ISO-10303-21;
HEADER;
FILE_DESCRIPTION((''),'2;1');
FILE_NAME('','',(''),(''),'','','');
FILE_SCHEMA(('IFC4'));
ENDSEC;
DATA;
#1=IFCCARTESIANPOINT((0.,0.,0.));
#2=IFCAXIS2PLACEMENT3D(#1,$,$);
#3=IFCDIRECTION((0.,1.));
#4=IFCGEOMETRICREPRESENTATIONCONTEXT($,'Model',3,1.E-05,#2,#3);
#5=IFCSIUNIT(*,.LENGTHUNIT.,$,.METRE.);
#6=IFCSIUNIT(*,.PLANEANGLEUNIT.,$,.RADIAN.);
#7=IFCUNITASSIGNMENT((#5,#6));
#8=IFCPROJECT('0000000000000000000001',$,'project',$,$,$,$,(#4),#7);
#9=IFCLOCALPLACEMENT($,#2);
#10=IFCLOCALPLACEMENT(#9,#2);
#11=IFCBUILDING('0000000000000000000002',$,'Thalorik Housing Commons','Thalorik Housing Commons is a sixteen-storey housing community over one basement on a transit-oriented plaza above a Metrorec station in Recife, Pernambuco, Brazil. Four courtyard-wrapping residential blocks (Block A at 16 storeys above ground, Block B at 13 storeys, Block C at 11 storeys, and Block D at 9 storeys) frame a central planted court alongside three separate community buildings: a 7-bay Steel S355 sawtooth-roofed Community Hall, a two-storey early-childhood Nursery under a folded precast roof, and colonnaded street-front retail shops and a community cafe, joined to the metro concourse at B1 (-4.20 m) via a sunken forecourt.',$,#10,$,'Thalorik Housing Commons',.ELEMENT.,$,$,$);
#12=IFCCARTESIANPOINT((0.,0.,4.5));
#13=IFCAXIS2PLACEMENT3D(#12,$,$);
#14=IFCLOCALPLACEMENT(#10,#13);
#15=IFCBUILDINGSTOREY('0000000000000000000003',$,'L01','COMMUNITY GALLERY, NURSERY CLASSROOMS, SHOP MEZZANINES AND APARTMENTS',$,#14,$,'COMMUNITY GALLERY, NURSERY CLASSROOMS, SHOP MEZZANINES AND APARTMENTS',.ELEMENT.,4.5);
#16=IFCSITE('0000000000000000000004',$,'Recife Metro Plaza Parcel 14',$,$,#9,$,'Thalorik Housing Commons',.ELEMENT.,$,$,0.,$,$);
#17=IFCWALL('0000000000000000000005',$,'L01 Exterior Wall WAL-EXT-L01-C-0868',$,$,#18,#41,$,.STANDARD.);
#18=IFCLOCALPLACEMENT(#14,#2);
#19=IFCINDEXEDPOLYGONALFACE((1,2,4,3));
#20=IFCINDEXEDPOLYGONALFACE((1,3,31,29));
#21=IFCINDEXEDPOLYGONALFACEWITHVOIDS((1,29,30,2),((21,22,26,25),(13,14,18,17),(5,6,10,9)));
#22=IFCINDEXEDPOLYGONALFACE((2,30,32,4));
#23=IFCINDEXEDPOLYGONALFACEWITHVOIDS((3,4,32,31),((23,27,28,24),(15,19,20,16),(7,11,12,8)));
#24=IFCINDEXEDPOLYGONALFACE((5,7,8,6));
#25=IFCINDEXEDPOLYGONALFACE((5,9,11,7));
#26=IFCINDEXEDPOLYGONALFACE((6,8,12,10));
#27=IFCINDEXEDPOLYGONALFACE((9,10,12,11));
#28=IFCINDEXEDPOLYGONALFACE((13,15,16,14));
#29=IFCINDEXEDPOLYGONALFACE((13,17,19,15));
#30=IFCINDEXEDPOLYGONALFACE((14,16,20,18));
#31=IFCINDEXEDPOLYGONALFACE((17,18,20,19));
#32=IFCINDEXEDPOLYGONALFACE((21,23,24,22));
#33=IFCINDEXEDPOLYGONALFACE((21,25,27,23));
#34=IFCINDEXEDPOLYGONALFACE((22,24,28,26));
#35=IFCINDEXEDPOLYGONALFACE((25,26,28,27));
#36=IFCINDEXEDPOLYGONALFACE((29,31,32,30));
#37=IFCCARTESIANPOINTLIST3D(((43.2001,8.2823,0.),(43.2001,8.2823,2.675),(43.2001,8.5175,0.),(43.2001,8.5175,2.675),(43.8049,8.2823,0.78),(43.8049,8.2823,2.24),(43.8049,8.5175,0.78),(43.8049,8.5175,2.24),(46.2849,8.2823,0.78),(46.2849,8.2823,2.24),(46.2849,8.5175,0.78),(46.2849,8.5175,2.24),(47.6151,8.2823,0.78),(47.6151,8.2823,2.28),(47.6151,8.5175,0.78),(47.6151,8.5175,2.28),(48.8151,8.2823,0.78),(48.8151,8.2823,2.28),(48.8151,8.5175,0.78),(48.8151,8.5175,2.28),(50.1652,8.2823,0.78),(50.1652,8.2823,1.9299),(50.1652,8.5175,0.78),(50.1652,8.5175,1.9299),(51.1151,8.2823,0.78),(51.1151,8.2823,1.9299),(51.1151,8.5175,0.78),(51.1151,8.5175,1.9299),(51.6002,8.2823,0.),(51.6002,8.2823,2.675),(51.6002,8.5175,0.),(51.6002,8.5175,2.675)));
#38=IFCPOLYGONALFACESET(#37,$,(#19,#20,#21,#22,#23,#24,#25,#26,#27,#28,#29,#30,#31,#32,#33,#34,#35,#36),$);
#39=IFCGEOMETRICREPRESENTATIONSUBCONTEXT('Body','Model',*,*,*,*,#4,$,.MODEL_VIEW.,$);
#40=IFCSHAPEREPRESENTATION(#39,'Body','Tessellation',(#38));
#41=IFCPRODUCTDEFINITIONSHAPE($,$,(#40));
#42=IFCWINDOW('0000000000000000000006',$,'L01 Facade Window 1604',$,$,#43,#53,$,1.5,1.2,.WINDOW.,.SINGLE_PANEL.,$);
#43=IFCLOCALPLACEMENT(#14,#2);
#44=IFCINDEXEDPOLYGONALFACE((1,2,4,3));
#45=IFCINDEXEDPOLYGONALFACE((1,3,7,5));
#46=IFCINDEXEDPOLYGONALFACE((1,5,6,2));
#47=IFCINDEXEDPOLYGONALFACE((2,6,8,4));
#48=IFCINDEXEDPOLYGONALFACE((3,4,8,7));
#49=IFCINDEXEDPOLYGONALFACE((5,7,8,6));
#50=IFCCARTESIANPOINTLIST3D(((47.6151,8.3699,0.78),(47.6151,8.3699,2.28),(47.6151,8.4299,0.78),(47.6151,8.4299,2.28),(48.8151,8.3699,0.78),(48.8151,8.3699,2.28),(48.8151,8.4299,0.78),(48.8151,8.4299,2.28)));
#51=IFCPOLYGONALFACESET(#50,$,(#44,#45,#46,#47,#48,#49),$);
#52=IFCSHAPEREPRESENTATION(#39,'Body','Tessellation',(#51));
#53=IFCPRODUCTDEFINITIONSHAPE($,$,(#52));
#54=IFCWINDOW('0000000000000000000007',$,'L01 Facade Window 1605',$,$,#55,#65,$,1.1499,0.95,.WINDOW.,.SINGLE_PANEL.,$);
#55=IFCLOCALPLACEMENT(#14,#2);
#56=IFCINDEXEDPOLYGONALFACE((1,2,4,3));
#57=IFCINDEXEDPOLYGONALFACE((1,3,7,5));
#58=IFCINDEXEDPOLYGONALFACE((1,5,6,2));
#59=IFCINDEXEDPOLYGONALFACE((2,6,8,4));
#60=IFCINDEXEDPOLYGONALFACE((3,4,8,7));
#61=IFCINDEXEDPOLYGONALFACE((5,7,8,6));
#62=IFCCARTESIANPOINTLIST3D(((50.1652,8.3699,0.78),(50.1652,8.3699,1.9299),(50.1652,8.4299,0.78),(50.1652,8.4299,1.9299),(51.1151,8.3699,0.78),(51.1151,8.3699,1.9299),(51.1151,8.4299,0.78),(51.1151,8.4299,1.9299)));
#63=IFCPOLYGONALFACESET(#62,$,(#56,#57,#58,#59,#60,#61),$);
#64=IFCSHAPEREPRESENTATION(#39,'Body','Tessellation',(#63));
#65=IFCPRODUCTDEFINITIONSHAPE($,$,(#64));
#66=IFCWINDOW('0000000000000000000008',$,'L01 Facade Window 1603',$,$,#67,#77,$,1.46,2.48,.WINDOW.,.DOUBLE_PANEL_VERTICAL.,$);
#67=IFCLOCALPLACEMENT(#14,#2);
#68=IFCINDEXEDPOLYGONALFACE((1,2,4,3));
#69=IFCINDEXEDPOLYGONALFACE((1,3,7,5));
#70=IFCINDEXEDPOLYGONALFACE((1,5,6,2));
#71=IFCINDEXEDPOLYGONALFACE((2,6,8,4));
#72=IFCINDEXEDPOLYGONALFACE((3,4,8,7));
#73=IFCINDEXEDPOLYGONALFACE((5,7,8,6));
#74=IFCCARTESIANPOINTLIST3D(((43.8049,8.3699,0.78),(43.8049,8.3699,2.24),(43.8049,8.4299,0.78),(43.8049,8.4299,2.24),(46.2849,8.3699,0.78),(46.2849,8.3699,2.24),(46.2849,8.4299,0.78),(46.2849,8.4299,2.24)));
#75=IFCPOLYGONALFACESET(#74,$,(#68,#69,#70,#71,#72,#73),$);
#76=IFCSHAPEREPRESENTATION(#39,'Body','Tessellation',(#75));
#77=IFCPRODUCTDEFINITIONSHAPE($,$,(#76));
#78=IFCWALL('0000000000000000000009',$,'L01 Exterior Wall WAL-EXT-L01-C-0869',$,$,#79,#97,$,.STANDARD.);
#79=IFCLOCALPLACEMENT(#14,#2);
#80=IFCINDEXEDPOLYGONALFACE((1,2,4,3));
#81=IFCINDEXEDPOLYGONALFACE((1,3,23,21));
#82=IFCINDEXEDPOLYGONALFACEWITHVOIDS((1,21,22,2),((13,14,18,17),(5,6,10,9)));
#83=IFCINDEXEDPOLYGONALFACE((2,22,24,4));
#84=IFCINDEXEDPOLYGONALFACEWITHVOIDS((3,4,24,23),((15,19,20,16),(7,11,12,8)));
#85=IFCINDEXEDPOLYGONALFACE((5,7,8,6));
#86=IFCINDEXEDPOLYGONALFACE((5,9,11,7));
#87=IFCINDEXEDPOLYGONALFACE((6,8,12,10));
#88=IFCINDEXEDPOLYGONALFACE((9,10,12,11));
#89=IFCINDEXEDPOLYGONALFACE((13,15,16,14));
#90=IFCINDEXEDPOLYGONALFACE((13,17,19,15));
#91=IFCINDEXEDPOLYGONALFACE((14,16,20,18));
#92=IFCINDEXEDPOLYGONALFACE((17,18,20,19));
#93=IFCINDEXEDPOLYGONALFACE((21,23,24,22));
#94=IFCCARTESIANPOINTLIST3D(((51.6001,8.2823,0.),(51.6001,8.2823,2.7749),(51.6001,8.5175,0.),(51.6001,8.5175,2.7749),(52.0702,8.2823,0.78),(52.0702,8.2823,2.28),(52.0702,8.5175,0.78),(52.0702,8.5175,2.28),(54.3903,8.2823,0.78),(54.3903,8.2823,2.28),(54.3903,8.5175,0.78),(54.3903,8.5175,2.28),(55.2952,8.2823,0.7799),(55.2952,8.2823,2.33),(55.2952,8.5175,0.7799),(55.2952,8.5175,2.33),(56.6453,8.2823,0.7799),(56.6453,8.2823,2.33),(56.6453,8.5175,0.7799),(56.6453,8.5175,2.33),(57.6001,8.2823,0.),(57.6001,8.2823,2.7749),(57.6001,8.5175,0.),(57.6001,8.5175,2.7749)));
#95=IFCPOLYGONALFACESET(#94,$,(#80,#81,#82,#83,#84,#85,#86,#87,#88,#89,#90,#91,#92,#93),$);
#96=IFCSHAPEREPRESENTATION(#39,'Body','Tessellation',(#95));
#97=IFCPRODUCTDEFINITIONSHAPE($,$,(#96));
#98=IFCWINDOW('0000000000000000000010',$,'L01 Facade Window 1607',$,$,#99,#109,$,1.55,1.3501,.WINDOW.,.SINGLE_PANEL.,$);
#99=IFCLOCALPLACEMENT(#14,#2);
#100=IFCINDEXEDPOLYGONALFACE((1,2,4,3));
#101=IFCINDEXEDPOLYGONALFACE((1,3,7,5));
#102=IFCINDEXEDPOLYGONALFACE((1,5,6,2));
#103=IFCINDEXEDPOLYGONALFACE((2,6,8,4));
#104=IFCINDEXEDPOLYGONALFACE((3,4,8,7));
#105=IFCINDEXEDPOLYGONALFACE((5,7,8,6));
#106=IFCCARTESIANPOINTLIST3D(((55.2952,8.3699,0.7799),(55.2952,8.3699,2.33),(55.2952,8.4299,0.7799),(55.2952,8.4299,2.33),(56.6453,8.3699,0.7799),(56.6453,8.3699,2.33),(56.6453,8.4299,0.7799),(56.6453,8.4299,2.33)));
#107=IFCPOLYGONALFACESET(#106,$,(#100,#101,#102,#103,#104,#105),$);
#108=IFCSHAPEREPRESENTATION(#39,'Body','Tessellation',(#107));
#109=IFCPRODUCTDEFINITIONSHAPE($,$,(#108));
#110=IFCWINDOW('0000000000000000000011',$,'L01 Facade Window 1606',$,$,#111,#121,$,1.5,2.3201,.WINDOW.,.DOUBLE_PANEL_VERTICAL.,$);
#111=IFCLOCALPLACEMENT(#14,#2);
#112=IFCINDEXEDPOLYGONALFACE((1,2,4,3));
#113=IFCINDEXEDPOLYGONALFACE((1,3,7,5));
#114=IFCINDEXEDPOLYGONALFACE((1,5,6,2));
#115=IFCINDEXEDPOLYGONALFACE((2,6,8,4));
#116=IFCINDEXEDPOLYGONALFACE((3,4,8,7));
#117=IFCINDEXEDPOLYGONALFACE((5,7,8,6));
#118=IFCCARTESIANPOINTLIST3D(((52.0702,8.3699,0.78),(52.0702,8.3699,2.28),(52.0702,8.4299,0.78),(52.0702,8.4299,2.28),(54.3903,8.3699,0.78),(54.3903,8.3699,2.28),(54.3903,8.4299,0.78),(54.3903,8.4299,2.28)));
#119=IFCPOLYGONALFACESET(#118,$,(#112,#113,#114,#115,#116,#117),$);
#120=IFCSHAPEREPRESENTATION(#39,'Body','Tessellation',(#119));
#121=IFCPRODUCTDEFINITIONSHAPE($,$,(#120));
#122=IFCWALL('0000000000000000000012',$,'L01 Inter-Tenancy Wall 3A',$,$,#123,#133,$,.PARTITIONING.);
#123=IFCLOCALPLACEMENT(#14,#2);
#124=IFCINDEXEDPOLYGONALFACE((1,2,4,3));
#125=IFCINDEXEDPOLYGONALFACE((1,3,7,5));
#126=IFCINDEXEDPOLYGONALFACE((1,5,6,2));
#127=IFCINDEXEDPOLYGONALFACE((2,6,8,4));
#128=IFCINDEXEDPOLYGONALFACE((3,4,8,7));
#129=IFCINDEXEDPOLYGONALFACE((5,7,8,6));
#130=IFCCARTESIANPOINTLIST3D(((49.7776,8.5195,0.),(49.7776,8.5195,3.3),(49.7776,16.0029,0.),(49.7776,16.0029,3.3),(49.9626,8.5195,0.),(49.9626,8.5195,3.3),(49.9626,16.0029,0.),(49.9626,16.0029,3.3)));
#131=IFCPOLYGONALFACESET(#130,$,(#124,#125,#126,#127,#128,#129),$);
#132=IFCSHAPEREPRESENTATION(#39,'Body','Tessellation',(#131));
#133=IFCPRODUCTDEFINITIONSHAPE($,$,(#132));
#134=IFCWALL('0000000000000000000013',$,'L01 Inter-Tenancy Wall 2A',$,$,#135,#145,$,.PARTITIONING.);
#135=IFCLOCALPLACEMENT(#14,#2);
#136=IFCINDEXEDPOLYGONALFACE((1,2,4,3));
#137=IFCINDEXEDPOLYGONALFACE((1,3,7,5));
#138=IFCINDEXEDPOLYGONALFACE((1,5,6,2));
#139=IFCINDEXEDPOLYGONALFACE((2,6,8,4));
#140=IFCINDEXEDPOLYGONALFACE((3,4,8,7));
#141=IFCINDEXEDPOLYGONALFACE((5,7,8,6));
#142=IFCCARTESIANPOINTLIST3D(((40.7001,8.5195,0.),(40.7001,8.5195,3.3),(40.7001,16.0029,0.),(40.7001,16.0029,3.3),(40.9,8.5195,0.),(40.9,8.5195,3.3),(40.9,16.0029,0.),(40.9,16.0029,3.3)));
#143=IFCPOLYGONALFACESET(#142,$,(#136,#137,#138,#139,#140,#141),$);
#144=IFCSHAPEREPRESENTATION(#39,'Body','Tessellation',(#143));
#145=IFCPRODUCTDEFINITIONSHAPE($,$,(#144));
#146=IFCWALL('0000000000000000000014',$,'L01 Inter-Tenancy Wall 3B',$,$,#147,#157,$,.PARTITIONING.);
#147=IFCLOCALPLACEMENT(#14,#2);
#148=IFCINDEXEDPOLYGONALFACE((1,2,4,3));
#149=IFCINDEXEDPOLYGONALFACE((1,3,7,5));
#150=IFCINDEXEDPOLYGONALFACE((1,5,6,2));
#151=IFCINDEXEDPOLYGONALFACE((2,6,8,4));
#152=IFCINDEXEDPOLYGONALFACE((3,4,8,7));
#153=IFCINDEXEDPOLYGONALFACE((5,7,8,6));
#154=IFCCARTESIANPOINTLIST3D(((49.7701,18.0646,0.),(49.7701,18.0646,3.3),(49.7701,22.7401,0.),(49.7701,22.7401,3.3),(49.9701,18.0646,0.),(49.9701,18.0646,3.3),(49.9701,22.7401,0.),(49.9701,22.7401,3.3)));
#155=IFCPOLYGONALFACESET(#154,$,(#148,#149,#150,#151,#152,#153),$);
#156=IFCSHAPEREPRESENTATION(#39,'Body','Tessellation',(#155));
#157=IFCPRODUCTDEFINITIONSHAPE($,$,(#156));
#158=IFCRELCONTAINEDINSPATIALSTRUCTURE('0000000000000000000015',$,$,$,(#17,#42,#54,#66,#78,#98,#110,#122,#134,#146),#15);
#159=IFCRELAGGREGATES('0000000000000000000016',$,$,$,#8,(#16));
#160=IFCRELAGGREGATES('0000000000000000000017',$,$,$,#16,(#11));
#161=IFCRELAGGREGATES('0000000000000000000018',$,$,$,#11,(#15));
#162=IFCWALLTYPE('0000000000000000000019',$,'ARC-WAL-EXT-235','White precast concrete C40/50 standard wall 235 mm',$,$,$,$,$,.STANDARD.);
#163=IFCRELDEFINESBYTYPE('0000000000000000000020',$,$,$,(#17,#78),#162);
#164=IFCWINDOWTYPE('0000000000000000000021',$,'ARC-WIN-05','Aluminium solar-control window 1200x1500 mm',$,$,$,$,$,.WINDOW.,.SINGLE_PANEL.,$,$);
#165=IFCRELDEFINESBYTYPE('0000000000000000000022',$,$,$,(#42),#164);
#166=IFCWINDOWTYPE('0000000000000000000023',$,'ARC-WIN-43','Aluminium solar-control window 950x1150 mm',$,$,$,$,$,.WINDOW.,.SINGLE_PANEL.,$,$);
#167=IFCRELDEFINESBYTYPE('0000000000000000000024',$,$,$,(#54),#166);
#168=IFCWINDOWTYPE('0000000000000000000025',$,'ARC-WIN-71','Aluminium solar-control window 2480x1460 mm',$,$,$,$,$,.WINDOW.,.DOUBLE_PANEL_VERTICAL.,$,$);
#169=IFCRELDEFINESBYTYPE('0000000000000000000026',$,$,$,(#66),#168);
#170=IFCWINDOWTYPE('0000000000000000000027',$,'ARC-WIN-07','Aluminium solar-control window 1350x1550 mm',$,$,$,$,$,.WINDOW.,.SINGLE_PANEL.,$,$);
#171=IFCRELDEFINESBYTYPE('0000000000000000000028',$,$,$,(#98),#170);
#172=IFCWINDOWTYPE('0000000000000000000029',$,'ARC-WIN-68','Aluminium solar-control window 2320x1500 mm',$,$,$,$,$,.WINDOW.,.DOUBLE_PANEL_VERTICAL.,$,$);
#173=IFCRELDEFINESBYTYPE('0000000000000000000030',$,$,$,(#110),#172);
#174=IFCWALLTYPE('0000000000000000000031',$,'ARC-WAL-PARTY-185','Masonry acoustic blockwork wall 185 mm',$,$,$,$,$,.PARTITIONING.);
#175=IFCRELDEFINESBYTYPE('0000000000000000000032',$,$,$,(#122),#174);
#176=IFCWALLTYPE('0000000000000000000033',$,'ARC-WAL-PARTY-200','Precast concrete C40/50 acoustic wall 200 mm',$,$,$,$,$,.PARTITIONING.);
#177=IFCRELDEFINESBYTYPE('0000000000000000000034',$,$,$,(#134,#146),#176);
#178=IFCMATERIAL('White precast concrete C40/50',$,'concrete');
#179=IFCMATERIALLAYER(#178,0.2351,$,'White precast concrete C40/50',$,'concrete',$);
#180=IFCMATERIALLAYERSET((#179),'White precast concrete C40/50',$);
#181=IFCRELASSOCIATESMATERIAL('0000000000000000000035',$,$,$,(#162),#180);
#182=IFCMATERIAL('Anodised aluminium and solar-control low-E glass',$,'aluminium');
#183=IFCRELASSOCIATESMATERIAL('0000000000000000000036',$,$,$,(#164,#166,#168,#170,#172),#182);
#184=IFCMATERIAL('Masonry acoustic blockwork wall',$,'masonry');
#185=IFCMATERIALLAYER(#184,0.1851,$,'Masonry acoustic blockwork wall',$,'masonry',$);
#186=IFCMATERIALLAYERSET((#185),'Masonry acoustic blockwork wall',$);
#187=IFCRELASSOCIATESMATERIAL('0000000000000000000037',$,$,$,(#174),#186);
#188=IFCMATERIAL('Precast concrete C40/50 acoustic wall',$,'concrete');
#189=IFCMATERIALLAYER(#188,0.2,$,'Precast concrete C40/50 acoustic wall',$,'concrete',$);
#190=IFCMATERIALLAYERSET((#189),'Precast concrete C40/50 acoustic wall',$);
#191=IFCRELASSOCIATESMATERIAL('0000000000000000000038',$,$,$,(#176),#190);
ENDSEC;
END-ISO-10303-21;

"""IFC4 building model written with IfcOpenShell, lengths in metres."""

from ifc_helpers import new_model, si_unit, direction, frame, frame_2d, origin, place, context, subcontext, project, spatial, rectangle, extrude, material, layer, layer_set, type_object, element, fill, save


model = new_model("IFC4")

# Units and contexts
model_context = context("Model", 3, precision=1e-05, world=origin(), true_north=direction((0.0, 1.0)))
body_context = subcontext(model_context, "Body", "Model", "MODEL_VIEW")
ifc_project = project(units=[si_unit("LENGTHUNIT", "METRE"), si_unit("PLANEANGLEUNIT", "RADIAN")], contexts=[model_context])

# Site, building, storey
site_placement = place(None, origin())
site = spatial("IfcSite", under=ifc_project, at=site_placement, Name="Recife Metro Plaza Parcel 14", LongName="Thalorik Housing Commons", CompositionType="ELEMENT", RefElevation=0.0)
building_placement = place(site_placement, origin())
building = spatial("IfcBuilding", under=site, at=building_placement, Name="Thalorik Housing Commons", Description="Thalorik Housing Commons is a sixteen-storey housing community over one basement on a transit-oriented plaza above a Metrorec station in Recife, Pernambuco, Brazil. Four courtyard-wrapping residential blocks (Block A at 16 storeys above ground, Block B at 13 storeys, Block C at 11 storeys, and Block D at 9 storeys) frame a central planted court alongside three separate community buildings: a 7-bay Steel S355 sawtooth-roofed Community Hall, a two-storey early-childhood Nursery under a folded precast roof, and colonnaded street-front retail shops and a community cafe, joined to the metro concourse at B1 (-4.20 m) via a sunken forecourt.", LongName="Thalorik Housing Commons", CompositionType="ELEMENT")
storey_placement = place(building_placement, frame((0.0, 0.0, 4.5)))
storey = spatial("IfcBuildingStorey", under=building, at=storey_placement, Name="L01", Description="COMMUNITY GALLERY, NURSERY CLASSROOMS, SHOP MEZZANINES AND APARTMENTS", LongName="COMMUNITY GALLERY, NURSERY CLASSROOMS, SHOP MEZZANINES AND APARTMENTS", CompositionType="ELEMENT", Elevation=4.5)

# Walls, openings, windows
ifc_material_1 = material(Name="White precast concrete C40/50", Category="concrete")
ifc_layer_1 = layer(ifc_material_1, 0.2351, Name="White precast concrete C40/50", Category="concrete")
ifc_layer_set_1 = layer_set([ifc_layer_1], Name="White precast concrete C40/50")
wall_type_1 = type_object("IfcWallType", Name="ARC-WAL-EXT-235", Description="White precast concrete C40/50 standard wall 235 mm", PredefinedType="STANDARD", material=ifc_layer_set_1)
wall_1_placement = place(storey_placement, frame((43.2, 8.3999, 0.0), z_axis=(0.0, 0.0, 1.0), x_axis=(1.0, 0.0, 0.0)))
wall_1 = element("IfcWall", 1, at=wall_1_placement, inside=storey, type_object=wall_type_1, Name="L01 Exterior Wall WAL-EXT-L01-C-0868", PredefinedType="STANDARD", context=body_context, shape_type="SweptSolid", body=[
    extrude(rectangle(XDim=8.4001, YDim=0.2351, at=frame_2d((4.2002, 0.0))), origin(), (0.0, 0.0, 1.0), 2.675),
])
opening_1_placement = place(wall_1_placement, frame((0.605, 0.0, 0.78)))
opening_1 = element("IfcOpeningElement", 2, at=opening_1_placement, cuts=wall_1, PredefinedType="OPENING", context=body_context, shape_type="SweptSolid", body=[
    extrude(rectangle(XDim=2.48, YDim=1.46, at=frame_2d((1.24, 0.73))), frame((0.0, 0.1274, 0.0), z_axis=(0.0, -1.0, 0.0), x_axis=(1.0, 0.0, 0.0)), (0.0, 0.0, 1.0), 0.2551),
])
opening_2_placement = place(wall_1_placement, frame((4.415, 0.0, 0.78)))
opening_2 = element("IfcOpeningElement", 3, at=opening_2_placement, cuts=wall_1, PredefinedType="OPENING", context=body_context, shape_type="SweptSolid", body=[
    extrude(rectangle(XDim=1.2, YDim=1.5, at=frame_2d((0.6001, 0.75))), frame((0.0, 0.1274, 0.0), z_axis=(0.0, -1.0, 0.0), x_axis=(1.0, 0.0, 0.0)), (0.0, 0.0, 1.0), 0.2551),
])
opening_3_placement = place(wall_1_placement, frame((6.9651, 0.0, 0.78)))
opening_3 = element("IfcOpeningElement", 4, at=opening_3_placement, cuts=wall_1, PredefinedType="OPENING", context=body_context, shape_type="SweptSolid", body=[
    extrude(rectangle(XDim=0.95, YDim=1.1499, at=frame_2d((0.4751, 0.575))), frame((0.0, 0.1274, 0.0), z_axis=(0.0, -1.0, 0.0), x_axis=(1.0, 0.0, 0.0)), (0.0, 0.0, 1.0), 0.2551),
])
ifc_material_2 = material(Name="Anodised aluminium and solar-control low-E glass", Category="aluminium")
window_type_1 = type_object("IfcWindowType", Name="ARC-WIN-05", Description="Aluminium solar-control window 1200x1500 mm", PartitioningType="SINGLE_PANEL", PredefinedType="WINDOW", material=ifc_material_2)
window_1_placement = place(opening_2_placement, origin())
window_1 = element("IfcWindow", 5, at=window_1_placement, inside=storey, type_object=window_type_1, Name="L01 Facade Window 1604", OverallHeight=1.5, OverallWidth=1.2, PartitioningType="SINGLE_PANEL", PredefinedType="WINDOW", context=body_context, shape_type="SweptSolid", body=[
    extrude(rectangle(XDim=1.2, YDim=1.5, at=frame_2d((0.6001, 0.75))), frame((0.0, 0.03, 0.0), z_axis=(0.0, -1.0, 0.0), x_axis=(1.0, 0.0, 0.0)), (0.0, 0.0, 1.0), 0.0601),
])
fill(opening_2, window_1)
window_type_2 = type_object("IfcWindowType", Name="ARC-WIN-43", Description="Aluminium solar-control window 950x1150 mm", PartitioningType="SINGLE_PANEL", PredefinedType="WINDOW", material=ifc_material_2)
window_2_placement = place(opening_3_placement, origin())
window_2 = element("IfcWindow", 6, at=window_2_placement, inside=storey, type_object=window_type_2, Name="L01 Facade Window 1605", OverallHeight=1.1499, OverallWidth=0.95, PartitioningType="SINGLE_PANEL", PredefinedType="WINDOW", context=body_context, shape_type="SweptSolid", body=[
    extrude(rectangle(XDim=0.95, YDim=1.1499, at=frame_2d((0.4751, 0.575))), frame((0.0, 0.03, 0.0), z_axis=(0.0, -1.0, 0.0), x_axis=(1.0, 0.0, 0.0)), (0.0, 0.0, 1.0), 0.0601),
])
fill(opening_3, window_2)
window_type_3 = type_object("IfcWindowType", Name="ARC-WIN-71", Description="Aluminium solar-control window 2480x1460 mm", PartitioningType="DOUBLE_PANEL_VERTICAL", PredefinedType="WINDOW", material=ifc_material_2)
window_3_placement = place(opening_1_placement, origin())
window_3 = element("IfcWindow", 7, at=window_3_placement, inside=storey, type_object=window_type_3, Name="L01 Facade Window 1603", OverallHeight=1.46, OverallWidth=2.48, PartitioningType="DOUBLE_PANEL_VERTICAL", PredefinedType="WINDOW", context=body_context, shape_type="SweptSolid", body=[
    extrude(rectangle(XDim=2.48, YDim=1.46, at=frame_2d((1.24, 0.73))), frame((0.0, 0.03, 0.0), z_axis=(0.0, -1.0, 0.0), x_axis=(1.0, 0.0, 0.0)), (0.0, 0.0, 1.0), 0.0601),
])
fill(opening_1, window_3)
wall_2_placement = place(storey_placement, frame((51.6001, 8.3999, 0.0), z_axis=(0.0, 0.0, 1.0), x_axis=(1.0, 0.0, 0.0)))
wall_2 = element("IfcWall", 8, at=wall_2_placement, inside=storey, type_object=wall_type_1, Name="L01 Exterior Wall WAL-EXT-L01-C-0869", PredefinedType="STANDARD", context=body_context, shape_type="SweptSolid", body=[
    extrude(rectangle(XDim=6.0, YDim=0.2351, at=frame_2d((3.0, 0.0))), origin(), (0.0, 0.0, 1.0), 2.7749),
])
opening_4_placement = place(wall_2_placement, frame((0.47, 0.0, 0.78)))
opening_4 = element("IfcOpeningElement", 9, at=opening_4_placement, cuts=wall_2, PredefinedType="OPENING", context=body_context, shape_type="SweptSolid", body=[
    extrude(rectangle(XDim=2.3201, YDim=1.5, at=frame_2d((1.1602, 0.75))), frame((0.0, 0.1274, 0.0), z_axis=(0.0, -1.0, 0.0), x_axis=(1.0, 0.0, 0.0)), (0.0, 0.0, 1.0), 0.2551),
])
opening_5_placement = place(wall_2_placement, frame((3.6951, 0.0, 0.78)))
opening_5 = element("IfcOpeningElement", 10, at=opening_5_placement, cuts=wall_2, PredefinedType="OPENING", context=body_context, shape_type="SweptSolid", body=[
    extrude(rectangle(XDim=1.3501, YDim=1.55, at=frame_2d((0.675, 0.7749))), frame((0.0, 0.1274, 0.0), z_axis=(0.0, -1.0, 0.0), x_axis=(1.0, 0.0, 0.0)), (0.0, 0.0, 1.0), 0.2551),
])
window_type_4 = type_object("IfcWindowType", Name="ARC-WIN-07", Description="Aluminium solar-control window 1350x1550 mm", PartitioningType="SINGLE_PANEL", PredefinedType="WINDOW", material=ifc_material_2)
window_4_placement = place(opening_5_placement, origin())
window_4 = element("IfcWindow", 11, at=window_4_placement, inside=storey, type_object=window_type_4, Name="L01 Facade Window 1607", OverallHeight=1.55, OverallWidth=1.3501, PartitioningType="SINGLE_PANEL", PredefinedType="WINDOW", context=body_context, shape_type="SweptSolid", body=[
    extrude(rectangle(XDim=1.3501, YDim=1.55, at=frame_2d((0.675, 0.7749))), frame((0.0, 0.03, 0.0), z_axis=(0.0, -1.0, 0.0), x_axis=(1.0, 0.0, 0.0)), (0.0, 0.0, 1.0), 0.0601),
])
fill(opening_5, window_4)
window_type_5 = type_object("IfcWindowType", Name="ARC-WIN-68", Description="Aluminium solar-control window 2320x1500 mm", PartitioningType="DOUBLE_PANEL_VERTICAL", PredefinedType="WINDOW", material=ifc_material_2)
window_5_placement = place(opening_4_placement, origin())
window_5 = element("IfcWindow", 12, at=window_5_placement, inside=storey, type_object=window_type_5, Name="L01 Facade Window 1606", OverallHeight=1.5, OverallWidth=2.3201, PartitioningType="DOUBLE_PANEL_VERTICAL", PredefinedType="WINDOW", context=body_context, shape_type="SweptSolid", body=[
    extrude(rectangle(XDim=2.3201, YDim=1.5, at=frame_2d((1.1602, 0.75))), frame((0.0, 0.03, 0.0), z_axis=(0.0, -1.0, 0.0), x_axis=(1.0, 0.0, 0.0)), (0.0, 0.0, 1.0), 0.0601),
])
fill(opening_4, window_5)

# Walls
ifc_material_3 = material(Name="Masonry acoustic blockwork wall", Category="masonry")
ifc_layer_2 = layer(ifc_material_3, 0.1851, Name="Masonry acoustic blockwork wall", Category="masonry")
ifc_layer_set_2 = layer_set([ifc_layer_2], Name="Masonry acoustic blockwork wall")
wall_type_2 = type_object("IfcWallType", Name="ARC-WAL-PARTY-185", Description="Masonry acoustic blockwork wall 185 mm", PredefinedType="PARTITIONING", material=ifc_layer_set_2)
wall_3_placement = place(storey_placement, frame((49.8701, 8.5195, 0.0), z_axis=(0.0, 0.0, 1.0), x_axis=(0.0, 1.0, 0.0)))
element("IfcWall", 13, at=wall_3_placement, inside=storey, type_object=wall_type_2, Name="L01 Inter-Tenancy Wall 3A", PredefinedType="PARTITIONING", context=body_context, shape_type="SweptSolid", body=[
    extrude(rectangle(XDim=7.4834, YDim=0.1851, at=frame_2d((3.7417, 0.0))), origin(), (0.0, 0.0, 1.0), 3.3),
])
ifc_material_4 = material(Name="Precast concrete C40/50 acoustic wall", Category="concrete")
ifc_layer_3 = layer(ifc_material_4, 0.2, Name="Precast concrete C40/50 acoustic wall", Category="concrete")
ifc_layer_set_3 = layer_set([ifc_layer_3], Name="Precast concrete C40/50 acoustic wall")
wall_type_3 = type_object("IfcWallType", Name="ARC-WAL-PARTY-200", Description="Precast concrete C40/50 acoustic wall 200 mm", PredefinedType="PARTITIONING", material=ifc_layer_set_3)
wall_4_placement = place(storey_placement, frame((40.8, 8.5195, 0.0), z_axis=(0.0, 0.0, 1.0), x_axis=(0.0, 1.0, 0.0)))
element("IfcWall", 14, at=wall_4_placement, inside=storey, type_object=wall_type_3, Name="L01 Inter-Tenancy Wall 2A", PredefinedType="PARTITIONING", context=body_context, shape_type="SweptSolid", body=[
    extrude(rectangle(XDim=7.4834, YDim=0.2, at=frame_2d((3.7417, 0.0))), origin(), (0.0, 0.0, 1.0), 3.3),
])
wall_5_placement = place(storey_placement, frame((49.8701, 18.0645, 0.0), z_axis=(0.0, 0.0, 1.0), x_axis=(0.0, 1.0, 0.0)))
element("IfcWall", 15, at=wall_5_placement, inside=storey, type_object=wall_type_3, Name="L01 Inter-Tenancy Wall 3B", PredefinedType="PARTITIONING", context=body_context, shape_type="SweptSolid", body=[
    extrude(rectangle(XDim=4.6755, YDim=0.2, at=frame_2d((2.3379, 0.0))), origin(), (0.0, 0.0, 1.0), 3.3),
])

save(model, "model.ifc")
